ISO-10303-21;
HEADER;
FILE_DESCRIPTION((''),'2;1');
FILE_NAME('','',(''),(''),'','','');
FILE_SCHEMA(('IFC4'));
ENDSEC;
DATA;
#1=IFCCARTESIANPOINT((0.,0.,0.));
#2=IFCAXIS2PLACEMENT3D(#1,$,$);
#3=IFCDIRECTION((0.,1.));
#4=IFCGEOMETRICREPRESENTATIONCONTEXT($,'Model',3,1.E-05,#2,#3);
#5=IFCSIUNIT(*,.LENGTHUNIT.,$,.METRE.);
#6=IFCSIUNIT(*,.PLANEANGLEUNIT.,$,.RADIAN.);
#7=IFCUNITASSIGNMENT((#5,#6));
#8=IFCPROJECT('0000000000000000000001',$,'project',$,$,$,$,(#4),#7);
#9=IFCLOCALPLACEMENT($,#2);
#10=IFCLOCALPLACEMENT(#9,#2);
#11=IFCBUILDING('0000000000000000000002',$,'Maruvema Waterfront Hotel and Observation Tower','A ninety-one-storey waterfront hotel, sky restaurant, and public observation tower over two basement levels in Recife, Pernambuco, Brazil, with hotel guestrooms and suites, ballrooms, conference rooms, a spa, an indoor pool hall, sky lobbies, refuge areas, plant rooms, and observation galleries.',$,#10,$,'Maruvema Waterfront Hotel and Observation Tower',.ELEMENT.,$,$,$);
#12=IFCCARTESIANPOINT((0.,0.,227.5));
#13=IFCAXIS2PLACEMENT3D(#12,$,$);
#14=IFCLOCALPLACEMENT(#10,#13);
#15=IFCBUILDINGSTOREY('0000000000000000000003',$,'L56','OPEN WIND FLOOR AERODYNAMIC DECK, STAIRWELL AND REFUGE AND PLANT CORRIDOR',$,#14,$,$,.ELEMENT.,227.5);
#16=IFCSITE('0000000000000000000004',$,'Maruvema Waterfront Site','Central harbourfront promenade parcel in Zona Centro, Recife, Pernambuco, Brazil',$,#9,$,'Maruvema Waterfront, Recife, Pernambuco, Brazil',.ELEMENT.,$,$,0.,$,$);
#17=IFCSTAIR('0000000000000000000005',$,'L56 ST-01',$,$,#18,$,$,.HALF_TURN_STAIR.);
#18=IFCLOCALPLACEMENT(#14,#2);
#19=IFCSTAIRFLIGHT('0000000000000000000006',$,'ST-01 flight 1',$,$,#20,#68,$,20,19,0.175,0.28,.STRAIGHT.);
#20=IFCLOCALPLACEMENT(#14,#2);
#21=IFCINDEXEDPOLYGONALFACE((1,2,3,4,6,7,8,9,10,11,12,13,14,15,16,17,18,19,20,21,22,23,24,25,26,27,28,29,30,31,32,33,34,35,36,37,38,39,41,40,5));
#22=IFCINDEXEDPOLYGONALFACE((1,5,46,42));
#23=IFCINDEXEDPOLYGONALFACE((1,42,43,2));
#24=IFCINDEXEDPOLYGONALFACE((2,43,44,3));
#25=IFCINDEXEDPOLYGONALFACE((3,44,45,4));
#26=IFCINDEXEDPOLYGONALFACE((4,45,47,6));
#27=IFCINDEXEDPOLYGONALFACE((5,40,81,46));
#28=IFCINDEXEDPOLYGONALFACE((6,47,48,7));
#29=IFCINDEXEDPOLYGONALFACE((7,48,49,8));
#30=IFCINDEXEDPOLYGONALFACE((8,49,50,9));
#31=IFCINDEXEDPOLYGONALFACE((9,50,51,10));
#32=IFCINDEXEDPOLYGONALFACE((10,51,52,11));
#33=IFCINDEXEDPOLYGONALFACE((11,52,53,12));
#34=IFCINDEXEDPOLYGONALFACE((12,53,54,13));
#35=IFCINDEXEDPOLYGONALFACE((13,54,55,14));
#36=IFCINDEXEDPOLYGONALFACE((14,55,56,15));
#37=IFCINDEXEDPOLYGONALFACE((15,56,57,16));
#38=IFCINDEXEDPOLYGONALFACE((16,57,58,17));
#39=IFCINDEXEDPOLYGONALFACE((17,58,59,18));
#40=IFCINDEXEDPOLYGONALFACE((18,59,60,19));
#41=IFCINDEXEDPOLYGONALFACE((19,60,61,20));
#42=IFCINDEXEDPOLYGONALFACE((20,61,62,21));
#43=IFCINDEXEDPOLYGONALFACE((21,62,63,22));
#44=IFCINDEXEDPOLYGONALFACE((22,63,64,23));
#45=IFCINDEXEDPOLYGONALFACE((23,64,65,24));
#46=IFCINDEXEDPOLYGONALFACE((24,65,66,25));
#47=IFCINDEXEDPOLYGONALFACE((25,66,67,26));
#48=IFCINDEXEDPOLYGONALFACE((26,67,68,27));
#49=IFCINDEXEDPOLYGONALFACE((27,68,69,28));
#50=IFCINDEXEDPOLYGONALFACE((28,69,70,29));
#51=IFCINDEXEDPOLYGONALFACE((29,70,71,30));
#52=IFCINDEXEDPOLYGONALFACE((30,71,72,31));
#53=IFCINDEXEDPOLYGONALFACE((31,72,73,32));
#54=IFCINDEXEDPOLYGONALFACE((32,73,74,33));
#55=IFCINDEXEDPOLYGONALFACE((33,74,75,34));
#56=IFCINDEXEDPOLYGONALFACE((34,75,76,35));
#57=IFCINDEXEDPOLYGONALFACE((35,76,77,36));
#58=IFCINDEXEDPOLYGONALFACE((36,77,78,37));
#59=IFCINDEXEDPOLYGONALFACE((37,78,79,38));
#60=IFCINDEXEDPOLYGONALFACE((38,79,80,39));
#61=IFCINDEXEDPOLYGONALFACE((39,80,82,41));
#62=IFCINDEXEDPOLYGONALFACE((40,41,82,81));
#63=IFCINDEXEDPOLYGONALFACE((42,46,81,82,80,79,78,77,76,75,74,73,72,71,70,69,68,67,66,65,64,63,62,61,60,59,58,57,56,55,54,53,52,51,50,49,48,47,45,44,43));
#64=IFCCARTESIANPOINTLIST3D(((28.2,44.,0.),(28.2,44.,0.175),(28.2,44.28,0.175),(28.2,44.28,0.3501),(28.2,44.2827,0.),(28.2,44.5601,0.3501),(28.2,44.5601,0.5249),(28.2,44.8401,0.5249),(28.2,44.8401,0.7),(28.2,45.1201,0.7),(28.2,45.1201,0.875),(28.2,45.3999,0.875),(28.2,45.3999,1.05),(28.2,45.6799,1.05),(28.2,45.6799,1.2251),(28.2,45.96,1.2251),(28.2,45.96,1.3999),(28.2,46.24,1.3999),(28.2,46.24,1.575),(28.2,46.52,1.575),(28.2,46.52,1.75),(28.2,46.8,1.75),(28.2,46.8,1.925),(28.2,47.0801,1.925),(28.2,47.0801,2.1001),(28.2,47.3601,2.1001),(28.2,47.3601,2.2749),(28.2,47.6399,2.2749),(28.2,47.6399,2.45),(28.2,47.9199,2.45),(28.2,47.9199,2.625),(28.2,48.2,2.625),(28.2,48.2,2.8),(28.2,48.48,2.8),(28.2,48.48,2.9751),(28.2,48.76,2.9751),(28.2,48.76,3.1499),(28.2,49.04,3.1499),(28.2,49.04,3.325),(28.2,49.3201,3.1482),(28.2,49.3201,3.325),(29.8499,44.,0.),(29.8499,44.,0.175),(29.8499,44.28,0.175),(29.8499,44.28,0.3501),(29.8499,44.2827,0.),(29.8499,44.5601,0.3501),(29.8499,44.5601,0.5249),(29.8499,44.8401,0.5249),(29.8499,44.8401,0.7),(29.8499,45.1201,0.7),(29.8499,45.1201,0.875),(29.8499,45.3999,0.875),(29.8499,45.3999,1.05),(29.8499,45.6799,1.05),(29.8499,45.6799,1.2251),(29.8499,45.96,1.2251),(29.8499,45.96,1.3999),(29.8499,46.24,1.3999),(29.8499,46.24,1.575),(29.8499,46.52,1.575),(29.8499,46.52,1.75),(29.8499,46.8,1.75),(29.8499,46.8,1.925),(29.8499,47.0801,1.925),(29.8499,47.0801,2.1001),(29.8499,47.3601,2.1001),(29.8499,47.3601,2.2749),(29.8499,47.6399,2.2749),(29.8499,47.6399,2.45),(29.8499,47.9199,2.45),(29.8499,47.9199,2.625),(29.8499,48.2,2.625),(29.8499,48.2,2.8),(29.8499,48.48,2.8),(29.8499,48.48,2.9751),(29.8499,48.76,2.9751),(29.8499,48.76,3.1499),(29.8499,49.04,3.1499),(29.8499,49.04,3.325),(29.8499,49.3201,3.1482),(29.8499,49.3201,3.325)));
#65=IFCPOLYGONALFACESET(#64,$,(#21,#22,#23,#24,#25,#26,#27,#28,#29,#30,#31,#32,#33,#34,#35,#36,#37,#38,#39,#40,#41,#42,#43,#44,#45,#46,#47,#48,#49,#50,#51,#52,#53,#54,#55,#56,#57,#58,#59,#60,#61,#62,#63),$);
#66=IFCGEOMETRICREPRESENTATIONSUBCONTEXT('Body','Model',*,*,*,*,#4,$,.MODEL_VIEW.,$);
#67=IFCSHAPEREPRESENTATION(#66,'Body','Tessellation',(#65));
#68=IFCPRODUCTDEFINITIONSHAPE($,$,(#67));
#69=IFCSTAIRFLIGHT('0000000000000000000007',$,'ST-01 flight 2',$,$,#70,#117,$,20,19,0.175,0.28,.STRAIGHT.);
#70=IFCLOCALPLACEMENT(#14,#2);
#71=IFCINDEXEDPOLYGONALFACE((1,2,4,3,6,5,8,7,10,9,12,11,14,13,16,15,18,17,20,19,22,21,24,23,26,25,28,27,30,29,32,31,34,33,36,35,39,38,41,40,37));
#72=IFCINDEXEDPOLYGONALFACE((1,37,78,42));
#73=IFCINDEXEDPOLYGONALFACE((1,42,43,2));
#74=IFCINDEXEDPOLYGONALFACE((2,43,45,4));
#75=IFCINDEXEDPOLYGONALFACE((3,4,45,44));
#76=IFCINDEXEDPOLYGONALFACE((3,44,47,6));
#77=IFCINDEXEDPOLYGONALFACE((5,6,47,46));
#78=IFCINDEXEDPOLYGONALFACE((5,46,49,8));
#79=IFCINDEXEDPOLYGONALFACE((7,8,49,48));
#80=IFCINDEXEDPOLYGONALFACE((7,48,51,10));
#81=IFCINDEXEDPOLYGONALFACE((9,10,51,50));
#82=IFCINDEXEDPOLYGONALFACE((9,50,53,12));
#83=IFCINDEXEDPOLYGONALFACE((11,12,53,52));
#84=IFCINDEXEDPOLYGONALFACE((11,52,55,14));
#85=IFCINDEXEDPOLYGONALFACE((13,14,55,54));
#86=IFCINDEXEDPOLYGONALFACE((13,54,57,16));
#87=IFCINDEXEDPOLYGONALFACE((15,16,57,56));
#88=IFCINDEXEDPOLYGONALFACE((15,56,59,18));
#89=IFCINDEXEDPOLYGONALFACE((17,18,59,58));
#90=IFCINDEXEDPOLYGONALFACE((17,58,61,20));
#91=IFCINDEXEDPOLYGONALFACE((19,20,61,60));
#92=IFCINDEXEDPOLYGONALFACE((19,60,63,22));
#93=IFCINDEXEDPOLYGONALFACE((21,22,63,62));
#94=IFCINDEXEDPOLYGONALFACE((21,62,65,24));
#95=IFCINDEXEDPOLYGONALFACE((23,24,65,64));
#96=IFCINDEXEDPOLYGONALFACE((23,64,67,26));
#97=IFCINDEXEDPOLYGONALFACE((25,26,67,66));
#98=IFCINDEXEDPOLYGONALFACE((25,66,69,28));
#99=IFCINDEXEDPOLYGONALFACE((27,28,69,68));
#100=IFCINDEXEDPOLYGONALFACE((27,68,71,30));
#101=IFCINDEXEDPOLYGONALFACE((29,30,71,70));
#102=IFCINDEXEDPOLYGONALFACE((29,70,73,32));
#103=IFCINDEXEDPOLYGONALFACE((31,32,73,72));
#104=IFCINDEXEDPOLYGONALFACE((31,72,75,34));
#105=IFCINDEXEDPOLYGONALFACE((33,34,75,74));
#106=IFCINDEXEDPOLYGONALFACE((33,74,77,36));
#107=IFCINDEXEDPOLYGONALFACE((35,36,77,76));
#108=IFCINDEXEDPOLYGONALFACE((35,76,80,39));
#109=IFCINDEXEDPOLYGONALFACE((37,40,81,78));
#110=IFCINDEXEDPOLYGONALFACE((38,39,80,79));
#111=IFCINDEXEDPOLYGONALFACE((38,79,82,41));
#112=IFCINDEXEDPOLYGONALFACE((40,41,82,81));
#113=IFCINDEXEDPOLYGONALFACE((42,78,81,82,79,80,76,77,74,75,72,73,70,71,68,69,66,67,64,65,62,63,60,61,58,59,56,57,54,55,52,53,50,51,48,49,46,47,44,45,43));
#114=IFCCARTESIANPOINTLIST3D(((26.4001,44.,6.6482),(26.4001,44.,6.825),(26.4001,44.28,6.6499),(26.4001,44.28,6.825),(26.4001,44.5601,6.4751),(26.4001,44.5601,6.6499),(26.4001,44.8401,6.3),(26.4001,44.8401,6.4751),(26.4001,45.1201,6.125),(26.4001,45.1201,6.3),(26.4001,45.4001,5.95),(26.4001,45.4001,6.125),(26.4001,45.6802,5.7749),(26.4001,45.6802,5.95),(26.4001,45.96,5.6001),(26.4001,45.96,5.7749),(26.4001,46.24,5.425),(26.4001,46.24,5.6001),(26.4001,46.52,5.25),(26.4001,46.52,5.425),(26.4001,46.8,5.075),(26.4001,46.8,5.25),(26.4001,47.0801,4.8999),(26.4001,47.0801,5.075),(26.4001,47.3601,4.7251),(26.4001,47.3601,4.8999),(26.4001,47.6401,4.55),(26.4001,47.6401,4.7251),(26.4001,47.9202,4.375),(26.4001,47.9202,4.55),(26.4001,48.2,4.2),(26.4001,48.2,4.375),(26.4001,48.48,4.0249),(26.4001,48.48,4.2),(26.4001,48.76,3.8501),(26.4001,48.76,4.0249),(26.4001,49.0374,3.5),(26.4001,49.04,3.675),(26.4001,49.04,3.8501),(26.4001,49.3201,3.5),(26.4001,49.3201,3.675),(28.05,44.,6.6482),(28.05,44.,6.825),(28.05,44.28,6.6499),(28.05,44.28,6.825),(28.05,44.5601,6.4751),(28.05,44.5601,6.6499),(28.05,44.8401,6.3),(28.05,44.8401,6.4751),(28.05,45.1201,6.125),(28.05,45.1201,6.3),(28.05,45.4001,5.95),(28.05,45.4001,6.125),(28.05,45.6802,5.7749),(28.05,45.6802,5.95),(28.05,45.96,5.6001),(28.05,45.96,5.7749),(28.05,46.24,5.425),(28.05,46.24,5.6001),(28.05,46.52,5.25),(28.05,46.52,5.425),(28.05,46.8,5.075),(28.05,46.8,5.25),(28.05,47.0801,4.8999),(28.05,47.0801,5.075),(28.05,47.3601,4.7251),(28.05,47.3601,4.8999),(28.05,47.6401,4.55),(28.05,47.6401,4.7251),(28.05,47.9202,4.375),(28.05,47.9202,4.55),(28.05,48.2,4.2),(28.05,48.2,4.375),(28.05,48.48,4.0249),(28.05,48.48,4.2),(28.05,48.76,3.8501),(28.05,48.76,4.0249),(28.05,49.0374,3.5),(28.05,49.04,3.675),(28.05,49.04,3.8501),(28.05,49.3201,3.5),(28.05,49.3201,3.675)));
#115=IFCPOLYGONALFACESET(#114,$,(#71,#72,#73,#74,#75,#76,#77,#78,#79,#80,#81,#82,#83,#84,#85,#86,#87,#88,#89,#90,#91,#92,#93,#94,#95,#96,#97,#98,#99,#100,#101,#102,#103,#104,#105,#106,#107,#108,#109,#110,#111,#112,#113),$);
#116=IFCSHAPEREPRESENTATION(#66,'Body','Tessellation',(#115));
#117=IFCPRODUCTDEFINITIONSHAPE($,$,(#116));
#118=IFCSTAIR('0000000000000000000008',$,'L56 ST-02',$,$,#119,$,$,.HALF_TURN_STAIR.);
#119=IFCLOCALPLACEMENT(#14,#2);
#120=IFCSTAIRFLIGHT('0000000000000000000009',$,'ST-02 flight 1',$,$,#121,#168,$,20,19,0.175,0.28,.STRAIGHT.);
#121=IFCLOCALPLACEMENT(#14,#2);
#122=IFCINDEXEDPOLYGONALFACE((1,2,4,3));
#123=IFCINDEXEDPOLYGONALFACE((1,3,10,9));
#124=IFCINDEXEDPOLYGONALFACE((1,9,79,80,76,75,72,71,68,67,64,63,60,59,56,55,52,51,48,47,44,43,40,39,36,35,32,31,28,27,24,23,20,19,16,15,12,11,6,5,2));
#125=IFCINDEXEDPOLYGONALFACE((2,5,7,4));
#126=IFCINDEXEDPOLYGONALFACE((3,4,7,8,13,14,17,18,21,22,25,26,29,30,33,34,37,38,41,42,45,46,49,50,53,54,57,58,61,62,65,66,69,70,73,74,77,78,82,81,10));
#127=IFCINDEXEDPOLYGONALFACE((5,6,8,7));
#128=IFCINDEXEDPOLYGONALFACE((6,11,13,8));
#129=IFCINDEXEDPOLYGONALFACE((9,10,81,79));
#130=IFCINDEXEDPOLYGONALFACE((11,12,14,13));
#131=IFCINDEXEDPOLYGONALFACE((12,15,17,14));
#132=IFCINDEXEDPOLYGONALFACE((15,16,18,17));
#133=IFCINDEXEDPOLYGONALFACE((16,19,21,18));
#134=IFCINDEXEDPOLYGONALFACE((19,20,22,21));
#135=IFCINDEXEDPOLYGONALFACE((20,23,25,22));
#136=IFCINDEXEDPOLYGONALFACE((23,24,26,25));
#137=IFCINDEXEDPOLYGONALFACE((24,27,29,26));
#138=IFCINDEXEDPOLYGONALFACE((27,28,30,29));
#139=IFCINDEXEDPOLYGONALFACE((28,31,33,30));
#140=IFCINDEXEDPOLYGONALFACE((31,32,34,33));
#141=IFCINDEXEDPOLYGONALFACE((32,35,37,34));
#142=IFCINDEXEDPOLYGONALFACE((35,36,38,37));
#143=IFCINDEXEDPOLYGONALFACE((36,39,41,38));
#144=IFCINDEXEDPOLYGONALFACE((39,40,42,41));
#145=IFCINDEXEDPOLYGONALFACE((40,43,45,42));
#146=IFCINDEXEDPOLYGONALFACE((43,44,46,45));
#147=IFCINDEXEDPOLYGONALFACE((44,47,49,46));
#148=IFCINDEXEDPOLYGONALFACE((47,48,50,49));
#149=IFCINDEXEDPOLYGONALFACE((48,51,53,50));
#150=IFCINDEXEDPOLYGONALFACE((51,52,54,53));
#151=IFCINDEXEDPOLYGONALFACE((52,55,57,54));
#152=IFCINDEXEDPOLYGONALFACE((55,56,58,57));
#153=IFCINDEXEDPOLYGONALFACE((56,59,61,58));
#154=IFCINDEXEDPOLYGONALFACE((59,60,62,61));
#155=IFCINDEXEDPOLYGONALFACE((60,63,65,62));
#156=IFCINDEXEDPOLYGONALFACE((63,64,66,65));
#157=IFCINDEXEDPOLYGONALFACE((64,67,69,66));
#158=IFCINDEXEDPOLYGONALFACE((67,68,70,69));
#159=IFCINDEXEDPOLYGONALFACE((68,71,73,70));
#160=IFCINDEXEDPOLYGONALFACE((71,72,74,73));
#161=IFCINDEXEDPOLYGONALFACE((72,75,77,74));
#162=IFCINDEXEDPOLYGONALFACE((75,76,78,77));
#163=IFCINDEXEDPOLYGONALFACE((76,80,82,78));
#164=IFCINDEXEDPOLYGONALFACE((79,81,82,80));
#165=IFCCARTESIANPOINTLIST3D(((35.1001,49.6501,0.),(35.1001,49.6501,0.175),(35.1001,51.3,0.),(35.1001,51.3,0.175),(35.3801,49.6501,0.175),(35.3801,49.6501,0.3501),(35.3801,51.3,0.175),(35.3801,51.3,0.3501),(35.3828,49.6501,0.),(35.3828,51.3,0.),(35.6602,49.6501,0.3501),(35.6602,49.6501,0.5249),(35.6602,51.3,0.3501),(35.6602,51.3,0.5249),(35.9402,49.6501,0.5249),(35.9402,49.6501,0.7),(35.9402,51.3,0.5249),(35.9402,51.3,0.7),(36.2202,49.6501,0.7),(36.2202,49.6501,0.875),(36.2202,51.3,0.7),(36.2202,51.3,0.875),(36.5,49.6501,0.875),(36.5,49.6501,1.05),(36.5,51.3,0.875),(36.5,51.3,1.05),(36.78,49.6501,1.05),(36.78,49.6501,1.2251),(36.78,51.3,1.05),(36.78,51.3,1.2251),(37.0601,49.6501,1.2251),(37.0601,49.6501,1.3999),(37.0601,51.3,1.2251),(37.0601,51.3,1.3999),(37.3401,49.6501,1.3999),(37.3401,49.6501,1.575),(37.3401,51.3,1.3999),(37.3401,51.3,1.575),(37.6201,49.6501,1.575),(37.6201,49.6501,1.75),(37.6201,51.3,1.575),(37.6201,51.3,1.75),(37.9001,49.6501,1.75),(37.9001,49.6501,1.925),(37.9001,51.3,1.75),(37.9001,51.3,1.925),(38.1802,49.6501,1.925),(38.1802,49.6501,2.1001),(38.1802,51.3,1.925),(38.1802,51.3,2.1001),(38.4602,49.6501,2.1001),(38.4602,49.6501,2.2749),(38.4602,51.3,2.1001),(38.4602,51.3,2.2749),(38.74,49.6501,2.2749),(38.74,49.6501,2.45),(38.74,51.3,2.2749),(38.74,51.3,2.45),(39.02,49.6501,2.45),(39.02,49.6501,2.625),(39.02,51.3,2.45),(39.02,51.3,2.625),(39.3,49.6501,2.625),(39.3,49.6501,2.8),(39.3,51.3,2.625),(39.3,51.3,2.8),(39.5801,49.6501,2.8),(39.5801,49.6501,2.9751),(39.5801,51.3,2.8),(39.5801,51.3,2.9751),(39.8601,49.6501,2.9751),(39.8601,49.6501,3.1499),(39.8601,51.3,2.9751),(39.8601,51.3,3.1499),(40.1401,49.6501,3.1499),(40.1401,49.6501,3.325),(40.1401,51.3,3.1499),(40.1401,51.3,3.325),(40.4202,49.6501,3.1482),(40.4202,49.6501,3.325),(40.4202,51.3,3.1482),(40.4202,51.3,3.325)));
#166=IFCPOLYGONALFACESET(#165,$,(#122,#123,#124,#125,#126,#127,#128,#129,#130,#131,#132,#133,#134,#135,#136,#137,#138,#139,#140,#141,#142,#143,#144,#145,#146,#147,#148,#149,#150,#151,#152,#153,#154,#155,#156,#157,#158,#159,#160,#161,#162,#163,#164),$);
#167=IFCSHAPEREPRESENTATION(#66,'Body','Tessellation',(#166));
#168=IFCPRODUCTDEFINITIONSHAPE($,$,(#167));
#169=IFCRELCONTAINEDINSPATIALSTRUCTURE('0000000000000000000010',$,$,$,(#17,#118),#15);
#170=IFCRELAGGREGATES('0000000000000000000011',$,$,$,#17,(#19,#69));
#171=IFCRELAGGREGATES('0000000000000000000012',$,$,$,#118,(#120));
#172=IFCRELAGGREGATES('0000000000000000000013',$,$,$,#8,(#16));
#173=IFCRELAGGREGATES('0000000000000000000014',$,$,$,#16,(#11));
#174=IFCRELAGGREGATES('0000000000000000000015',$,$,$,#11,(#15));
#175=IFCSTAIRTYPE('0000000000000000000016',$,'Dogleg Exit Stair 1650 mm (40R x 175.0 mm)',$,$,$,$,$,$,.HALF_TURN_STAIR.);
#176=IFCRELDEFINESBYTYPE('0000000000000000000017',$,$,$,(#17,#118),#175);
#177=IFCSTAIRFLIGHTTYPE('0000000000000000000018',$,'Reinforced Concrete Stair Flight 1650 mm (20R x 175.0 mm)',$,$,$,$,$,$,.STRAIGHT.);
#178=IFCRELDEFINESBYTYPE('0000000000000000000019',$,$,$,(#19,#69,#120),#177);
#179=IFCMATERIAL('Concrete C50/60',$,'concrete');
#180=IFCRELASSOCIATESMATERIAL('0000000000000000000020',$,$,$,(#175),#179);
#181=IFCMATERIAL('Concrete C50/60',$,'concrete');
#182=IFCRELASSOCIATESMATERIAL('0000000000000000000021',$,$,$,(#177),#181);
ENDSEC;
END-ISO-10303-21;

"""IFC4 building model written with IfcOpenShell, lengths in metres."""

from ifc_helpers import new_model, si_unit, direction, frame, origin, place, context, subcontext, project, spatial, polyline, outline, extrude, material, type_object, element, aggregate, save


model = new_model("IFC4")

# Units and contexts
model_context = context("Model", 3, precision=1e-05, world=origin(), true_north=direction((0.0, 1.0)))
body_context = subcontext(model_context, "Body", "Model", "MODEL_VIEW")
ifc_project = project(units=[si_unit("LENGTHUNIT", "METRE"), si_unit("PLANEANGLEUNIT", "RADIAN")], contexts=[model_context])

# Site, building, storey
site_placement = place(None, origin())
site = spatial("IfcSite", under=ifc_project, at=site_placement, Name="Maruvema Waterfront Site", Description="Central harbourfront promenade parcel in Zona Centro, Recife, Pernambuco, Brazil", LongName="Maruvema Waterfront, Recife, Pernambuco, Brazil", CompositionType="ELEMENT", RefElevation=0.0)
building_placement = place(site_placement, origin())
building = spatial("IfcBuilding", under=site, at=building_placement, Name="Maruvema Waterfront Hotel and Observation Tower", Description="A ninety-one-storey waterfront hotel, sky restaurant, and public observation tower over two basement levels in Recife, Pernambuco, Brazil, with hotel guestrooms and suites, ballrooms, conference rooms, a spa, an indoor pool hall, sky lobbies, refuge areas, plant rooms, and observation galleries.", LongName="Maruvema Waterfront Hotel and Observation Tower", CompositionType="ELEMENT")
storey_placement = place(building_placement, frame((0.0, 0.0, 227.5)))
storey = spatial("IfcBuildingStorey", under=building, at=storey_placement, Name="L56", Description="OPEN WIND FLOOR AERODYNAMIC DECK, STAIRWELL AND REFUGE AND PLANT CORRIDOR", CompositionType="ELEMENT", Elevation=227.5)

# Stair, stair flights
ifc_material_1 = material(Name="Concrete C50/60", Category="concrete")
stair_type = type_object("IfcStairType", Name="Dogleg Exit Stair 1650 mm (40R x 175.0 mm)", PredefinedType="HALF_TURN_STAIR", material=ifc_material_1)
stair_1_placement = place(storey_placement, origin())
stair_1 = element("IfcStair", 1, at=stair_1_placement, inside=storey, type_object=stair_type, Name="L56 ST-01", PredefinedType="HALF_TURN_STAIR")
ifc_material_2 = material(Name="Concrete C50/60", Category="concrete")
stair_flight_type = type_object("IfcStairFlightType", Name="Reinforced Concrete Stair Flight 1650 mm (20R x 175.0 mm)", PredefinedType="STRAIGHT", material=ifc_material_2)
stair_flight_1_placement = place(storey_placement, frame((29.0249, 44.0, 0.0), z_axis=(0.0, 0.0, 1.0), x_axis=(0.0, 1.0, 0.0)))
stair_flight_1 = element("IfcStairFlight", 2, at=stair_flight_1_placement, type_object=stair_flight_type, Name="ST-01 flight 1", NumberOfRisers=20, NumberOfTreads=19, PredefinedType="STRAIGHT", RiserHeight=0.175, TreadLength=0.28, context=body_context, shape_type="SweptSolid", body=[
    extrude(outline(polyline([(0.0, 0.0), (0.0, 0.175), (0.28, 0.175), (0.28, 0.3501), (0.5601, 0.3501), (0.5601, 0.5249), (0.8401, 0.5249), (0.8401, 0.7), (1.1201, 0.7), (1.1201, 0.875), (1.3999, 0.875), (1.3999, 1.05), (1.6799, 1.05), (1.6799, 1.2251), (1.96, 1.2251), (1.96, 1.3999), (2.24, 1.3999), (2.24, 1.575), (2.52, 1.575), (2.52, 1.75), (2.8, 1.75), (2.8, 1.925), (3.0801, 1.925), (3.0801, 2.1001), (3.3601, 2.1001), (3.3601, 2.2749), (3.6399, 2.2749), (3.6399, 2.45), (3.9199, 2.45), (3.9199, 2.625), (4.2, 2.625), (4.2, 2.8), (4.48, 2.8), (4.48, 2.9751), (4.76, 2.9751), (4.76, 3.1499), (5.04, 3.1499), (5.04, 3.325), (5.3201, 3.325), (5.3201, 3.5), (5.3201, 3.1482), (0.2827, 0.0), (0.0, 0.0)])), frame((0.0, 0.825, 0.0), z_axis=(0.0, -1.0, 0.0), x_axis=(1.0, 0.0, 0.0)), (0.0, 0.0, 1.0), 1.6499),
])
stair_flight_2_placement = place(storey_placement, frame((27.2251, 49.3201, 3.5), z_axis=(0.0, 0.0, 1.0), x_axis=(0.0, -1.0, 0.0)))
stair_flight_2 = element("IfcStairFlight", 3, at=stair_flight_2_placement, type_object=stair_flight_type, Name="ST-01 flight 2", NumberOfRisers=20, NumberOfTreads=19, PredefinedType="STRAIGHT", RiserHeight=0.175, TreadLength=0.28, context=body_context, shape_type="SweptSolid", body=[
    extrude(outline(polyline([(0.0, 0.0), (0.0, 0.175), (0.28, 0.175), (0.28, 0.3501), (0.5601, 0.3501), (0.5601, 0.5249), (0.8401, 0.5249), (0.8401, 0.7), (1.1201, 0.7), (1.1201, 0.875), (1.3999, 0.875), (1.3999, 1.05), (1.6799, 1.05), (1.6799, 1.2251), (1.96, 1.2251), (1.96, 1.3999), (2.24, 1.3999), (2.24, 1.575), (2.52, 1.575), (2.52, 1.75), (2.8, 1.75), (2.8, 1.925), (3.0801, 1.925), (3.0801, 2.1001), (3.3601, 2.1001), (3.3601, 2.2749), (3.6399, 2.2749), (3.6399, 2.45), (3.9199, 2.45), (3.9199, 2.625), (4.2, 2.625), (4.2, 2.8), (4.48, 2.8), (4.48, 2.9751), (4.76, 2.9751), (4.76, 3.1499), (5.04, 3.1499), (5.04, 3.325), (5.3201, 3.325), (5.3201, 3.5), (5.3201, 3.1482), (0.2827, 0.0), (0.0, 0.0)])), frame((0.0, 0.825, 0.0), z_axis=(0.0, -1.0, 0.0), x_axis=(1.0, 0.0, 0.0)), (0.0, 0.0, 1.0), 1.6499),
])
aggregate(stair_1, [stair_flight_1, stair_flight_2])

# Stair, stair flight
stair_2_placement = place(storey_placement, origin())
stair_2 = element("IfcStair", 4, at=stair_2_placement, inside=storey, type_object=stair_type, Name="L56 ST-02", PredefinedType="HALF_TURN_STAIR")
stair_flight_3_placement = place(storey_placement, frame((35.1001, 50.4751, 0.0), z_axis=(0.0, 0.0, 1.0), x_axis=(1.0, 0.0, 0.0)))
stair_flight_3 = element("IfcStairFlight", 5, at=stair_flight_3_placement, type_object=stair_flight_type, Name="ST-02 flight 1", NumberOfRisers=20, NumberOfTreads=19, PredefinedType="STRAIGHT", RiserHeight=0.175, TreadLength=0.28, context=body_context, shape_type="SweptSolid", body=[
    extrude(outline(polyline([(0.0, 0.0), (0.0, 0.175), (0.28, 0.175), (0.28, 0.3501), (0.5601, 0.3501), (0.5601, 0.5249), (0.8401, 0.5249), (0.8401, 0.7), (1.1201, 0.7), (1.1201, 0.875), (1.3999, 0.875), (1.3999, 1.05), (1.6799, 1.05), (1.6799, 1.2251), (1.96, 1.2251), (1.96, 1.3999), (2.24, 1.3999), (2.24, 1.575), (2.52, 1.575), (2.52, 1.75), (2.8, 1.75), (2.8, 1.925), (3.0801, 1.925), (3.0801, 2.1001), (3.3601, 2.1001), (3.3601, 2.2749), (3.6399, 2.2749), (3.6399, 2.45), (3.9199, 2.45), (3.9199, 2.625), (4.2, 2.625), (4.2, 2.8), (4.48, 2.8), (4.48, 2.9751), (4.76, 2.9751), (4.76, 3.1499), (5.04, 3.1499), (5.04, 3.325), (5.3201, 3.325), (5.3201, 3.5), (5.3201, 3.1482), (0.2827, 0.0), (0.0, 0.0)])), frame((0.0, 0.825, 0.0), z_axis=(0.0, -1.0, 0.0), x_axis=(1.0, 0.0, 0.0)), (0.0, 0.0, 1.0), 1.6499),
])
aggregate(stair_2, [stair_flight_3])

save(model, "model.ifc")
